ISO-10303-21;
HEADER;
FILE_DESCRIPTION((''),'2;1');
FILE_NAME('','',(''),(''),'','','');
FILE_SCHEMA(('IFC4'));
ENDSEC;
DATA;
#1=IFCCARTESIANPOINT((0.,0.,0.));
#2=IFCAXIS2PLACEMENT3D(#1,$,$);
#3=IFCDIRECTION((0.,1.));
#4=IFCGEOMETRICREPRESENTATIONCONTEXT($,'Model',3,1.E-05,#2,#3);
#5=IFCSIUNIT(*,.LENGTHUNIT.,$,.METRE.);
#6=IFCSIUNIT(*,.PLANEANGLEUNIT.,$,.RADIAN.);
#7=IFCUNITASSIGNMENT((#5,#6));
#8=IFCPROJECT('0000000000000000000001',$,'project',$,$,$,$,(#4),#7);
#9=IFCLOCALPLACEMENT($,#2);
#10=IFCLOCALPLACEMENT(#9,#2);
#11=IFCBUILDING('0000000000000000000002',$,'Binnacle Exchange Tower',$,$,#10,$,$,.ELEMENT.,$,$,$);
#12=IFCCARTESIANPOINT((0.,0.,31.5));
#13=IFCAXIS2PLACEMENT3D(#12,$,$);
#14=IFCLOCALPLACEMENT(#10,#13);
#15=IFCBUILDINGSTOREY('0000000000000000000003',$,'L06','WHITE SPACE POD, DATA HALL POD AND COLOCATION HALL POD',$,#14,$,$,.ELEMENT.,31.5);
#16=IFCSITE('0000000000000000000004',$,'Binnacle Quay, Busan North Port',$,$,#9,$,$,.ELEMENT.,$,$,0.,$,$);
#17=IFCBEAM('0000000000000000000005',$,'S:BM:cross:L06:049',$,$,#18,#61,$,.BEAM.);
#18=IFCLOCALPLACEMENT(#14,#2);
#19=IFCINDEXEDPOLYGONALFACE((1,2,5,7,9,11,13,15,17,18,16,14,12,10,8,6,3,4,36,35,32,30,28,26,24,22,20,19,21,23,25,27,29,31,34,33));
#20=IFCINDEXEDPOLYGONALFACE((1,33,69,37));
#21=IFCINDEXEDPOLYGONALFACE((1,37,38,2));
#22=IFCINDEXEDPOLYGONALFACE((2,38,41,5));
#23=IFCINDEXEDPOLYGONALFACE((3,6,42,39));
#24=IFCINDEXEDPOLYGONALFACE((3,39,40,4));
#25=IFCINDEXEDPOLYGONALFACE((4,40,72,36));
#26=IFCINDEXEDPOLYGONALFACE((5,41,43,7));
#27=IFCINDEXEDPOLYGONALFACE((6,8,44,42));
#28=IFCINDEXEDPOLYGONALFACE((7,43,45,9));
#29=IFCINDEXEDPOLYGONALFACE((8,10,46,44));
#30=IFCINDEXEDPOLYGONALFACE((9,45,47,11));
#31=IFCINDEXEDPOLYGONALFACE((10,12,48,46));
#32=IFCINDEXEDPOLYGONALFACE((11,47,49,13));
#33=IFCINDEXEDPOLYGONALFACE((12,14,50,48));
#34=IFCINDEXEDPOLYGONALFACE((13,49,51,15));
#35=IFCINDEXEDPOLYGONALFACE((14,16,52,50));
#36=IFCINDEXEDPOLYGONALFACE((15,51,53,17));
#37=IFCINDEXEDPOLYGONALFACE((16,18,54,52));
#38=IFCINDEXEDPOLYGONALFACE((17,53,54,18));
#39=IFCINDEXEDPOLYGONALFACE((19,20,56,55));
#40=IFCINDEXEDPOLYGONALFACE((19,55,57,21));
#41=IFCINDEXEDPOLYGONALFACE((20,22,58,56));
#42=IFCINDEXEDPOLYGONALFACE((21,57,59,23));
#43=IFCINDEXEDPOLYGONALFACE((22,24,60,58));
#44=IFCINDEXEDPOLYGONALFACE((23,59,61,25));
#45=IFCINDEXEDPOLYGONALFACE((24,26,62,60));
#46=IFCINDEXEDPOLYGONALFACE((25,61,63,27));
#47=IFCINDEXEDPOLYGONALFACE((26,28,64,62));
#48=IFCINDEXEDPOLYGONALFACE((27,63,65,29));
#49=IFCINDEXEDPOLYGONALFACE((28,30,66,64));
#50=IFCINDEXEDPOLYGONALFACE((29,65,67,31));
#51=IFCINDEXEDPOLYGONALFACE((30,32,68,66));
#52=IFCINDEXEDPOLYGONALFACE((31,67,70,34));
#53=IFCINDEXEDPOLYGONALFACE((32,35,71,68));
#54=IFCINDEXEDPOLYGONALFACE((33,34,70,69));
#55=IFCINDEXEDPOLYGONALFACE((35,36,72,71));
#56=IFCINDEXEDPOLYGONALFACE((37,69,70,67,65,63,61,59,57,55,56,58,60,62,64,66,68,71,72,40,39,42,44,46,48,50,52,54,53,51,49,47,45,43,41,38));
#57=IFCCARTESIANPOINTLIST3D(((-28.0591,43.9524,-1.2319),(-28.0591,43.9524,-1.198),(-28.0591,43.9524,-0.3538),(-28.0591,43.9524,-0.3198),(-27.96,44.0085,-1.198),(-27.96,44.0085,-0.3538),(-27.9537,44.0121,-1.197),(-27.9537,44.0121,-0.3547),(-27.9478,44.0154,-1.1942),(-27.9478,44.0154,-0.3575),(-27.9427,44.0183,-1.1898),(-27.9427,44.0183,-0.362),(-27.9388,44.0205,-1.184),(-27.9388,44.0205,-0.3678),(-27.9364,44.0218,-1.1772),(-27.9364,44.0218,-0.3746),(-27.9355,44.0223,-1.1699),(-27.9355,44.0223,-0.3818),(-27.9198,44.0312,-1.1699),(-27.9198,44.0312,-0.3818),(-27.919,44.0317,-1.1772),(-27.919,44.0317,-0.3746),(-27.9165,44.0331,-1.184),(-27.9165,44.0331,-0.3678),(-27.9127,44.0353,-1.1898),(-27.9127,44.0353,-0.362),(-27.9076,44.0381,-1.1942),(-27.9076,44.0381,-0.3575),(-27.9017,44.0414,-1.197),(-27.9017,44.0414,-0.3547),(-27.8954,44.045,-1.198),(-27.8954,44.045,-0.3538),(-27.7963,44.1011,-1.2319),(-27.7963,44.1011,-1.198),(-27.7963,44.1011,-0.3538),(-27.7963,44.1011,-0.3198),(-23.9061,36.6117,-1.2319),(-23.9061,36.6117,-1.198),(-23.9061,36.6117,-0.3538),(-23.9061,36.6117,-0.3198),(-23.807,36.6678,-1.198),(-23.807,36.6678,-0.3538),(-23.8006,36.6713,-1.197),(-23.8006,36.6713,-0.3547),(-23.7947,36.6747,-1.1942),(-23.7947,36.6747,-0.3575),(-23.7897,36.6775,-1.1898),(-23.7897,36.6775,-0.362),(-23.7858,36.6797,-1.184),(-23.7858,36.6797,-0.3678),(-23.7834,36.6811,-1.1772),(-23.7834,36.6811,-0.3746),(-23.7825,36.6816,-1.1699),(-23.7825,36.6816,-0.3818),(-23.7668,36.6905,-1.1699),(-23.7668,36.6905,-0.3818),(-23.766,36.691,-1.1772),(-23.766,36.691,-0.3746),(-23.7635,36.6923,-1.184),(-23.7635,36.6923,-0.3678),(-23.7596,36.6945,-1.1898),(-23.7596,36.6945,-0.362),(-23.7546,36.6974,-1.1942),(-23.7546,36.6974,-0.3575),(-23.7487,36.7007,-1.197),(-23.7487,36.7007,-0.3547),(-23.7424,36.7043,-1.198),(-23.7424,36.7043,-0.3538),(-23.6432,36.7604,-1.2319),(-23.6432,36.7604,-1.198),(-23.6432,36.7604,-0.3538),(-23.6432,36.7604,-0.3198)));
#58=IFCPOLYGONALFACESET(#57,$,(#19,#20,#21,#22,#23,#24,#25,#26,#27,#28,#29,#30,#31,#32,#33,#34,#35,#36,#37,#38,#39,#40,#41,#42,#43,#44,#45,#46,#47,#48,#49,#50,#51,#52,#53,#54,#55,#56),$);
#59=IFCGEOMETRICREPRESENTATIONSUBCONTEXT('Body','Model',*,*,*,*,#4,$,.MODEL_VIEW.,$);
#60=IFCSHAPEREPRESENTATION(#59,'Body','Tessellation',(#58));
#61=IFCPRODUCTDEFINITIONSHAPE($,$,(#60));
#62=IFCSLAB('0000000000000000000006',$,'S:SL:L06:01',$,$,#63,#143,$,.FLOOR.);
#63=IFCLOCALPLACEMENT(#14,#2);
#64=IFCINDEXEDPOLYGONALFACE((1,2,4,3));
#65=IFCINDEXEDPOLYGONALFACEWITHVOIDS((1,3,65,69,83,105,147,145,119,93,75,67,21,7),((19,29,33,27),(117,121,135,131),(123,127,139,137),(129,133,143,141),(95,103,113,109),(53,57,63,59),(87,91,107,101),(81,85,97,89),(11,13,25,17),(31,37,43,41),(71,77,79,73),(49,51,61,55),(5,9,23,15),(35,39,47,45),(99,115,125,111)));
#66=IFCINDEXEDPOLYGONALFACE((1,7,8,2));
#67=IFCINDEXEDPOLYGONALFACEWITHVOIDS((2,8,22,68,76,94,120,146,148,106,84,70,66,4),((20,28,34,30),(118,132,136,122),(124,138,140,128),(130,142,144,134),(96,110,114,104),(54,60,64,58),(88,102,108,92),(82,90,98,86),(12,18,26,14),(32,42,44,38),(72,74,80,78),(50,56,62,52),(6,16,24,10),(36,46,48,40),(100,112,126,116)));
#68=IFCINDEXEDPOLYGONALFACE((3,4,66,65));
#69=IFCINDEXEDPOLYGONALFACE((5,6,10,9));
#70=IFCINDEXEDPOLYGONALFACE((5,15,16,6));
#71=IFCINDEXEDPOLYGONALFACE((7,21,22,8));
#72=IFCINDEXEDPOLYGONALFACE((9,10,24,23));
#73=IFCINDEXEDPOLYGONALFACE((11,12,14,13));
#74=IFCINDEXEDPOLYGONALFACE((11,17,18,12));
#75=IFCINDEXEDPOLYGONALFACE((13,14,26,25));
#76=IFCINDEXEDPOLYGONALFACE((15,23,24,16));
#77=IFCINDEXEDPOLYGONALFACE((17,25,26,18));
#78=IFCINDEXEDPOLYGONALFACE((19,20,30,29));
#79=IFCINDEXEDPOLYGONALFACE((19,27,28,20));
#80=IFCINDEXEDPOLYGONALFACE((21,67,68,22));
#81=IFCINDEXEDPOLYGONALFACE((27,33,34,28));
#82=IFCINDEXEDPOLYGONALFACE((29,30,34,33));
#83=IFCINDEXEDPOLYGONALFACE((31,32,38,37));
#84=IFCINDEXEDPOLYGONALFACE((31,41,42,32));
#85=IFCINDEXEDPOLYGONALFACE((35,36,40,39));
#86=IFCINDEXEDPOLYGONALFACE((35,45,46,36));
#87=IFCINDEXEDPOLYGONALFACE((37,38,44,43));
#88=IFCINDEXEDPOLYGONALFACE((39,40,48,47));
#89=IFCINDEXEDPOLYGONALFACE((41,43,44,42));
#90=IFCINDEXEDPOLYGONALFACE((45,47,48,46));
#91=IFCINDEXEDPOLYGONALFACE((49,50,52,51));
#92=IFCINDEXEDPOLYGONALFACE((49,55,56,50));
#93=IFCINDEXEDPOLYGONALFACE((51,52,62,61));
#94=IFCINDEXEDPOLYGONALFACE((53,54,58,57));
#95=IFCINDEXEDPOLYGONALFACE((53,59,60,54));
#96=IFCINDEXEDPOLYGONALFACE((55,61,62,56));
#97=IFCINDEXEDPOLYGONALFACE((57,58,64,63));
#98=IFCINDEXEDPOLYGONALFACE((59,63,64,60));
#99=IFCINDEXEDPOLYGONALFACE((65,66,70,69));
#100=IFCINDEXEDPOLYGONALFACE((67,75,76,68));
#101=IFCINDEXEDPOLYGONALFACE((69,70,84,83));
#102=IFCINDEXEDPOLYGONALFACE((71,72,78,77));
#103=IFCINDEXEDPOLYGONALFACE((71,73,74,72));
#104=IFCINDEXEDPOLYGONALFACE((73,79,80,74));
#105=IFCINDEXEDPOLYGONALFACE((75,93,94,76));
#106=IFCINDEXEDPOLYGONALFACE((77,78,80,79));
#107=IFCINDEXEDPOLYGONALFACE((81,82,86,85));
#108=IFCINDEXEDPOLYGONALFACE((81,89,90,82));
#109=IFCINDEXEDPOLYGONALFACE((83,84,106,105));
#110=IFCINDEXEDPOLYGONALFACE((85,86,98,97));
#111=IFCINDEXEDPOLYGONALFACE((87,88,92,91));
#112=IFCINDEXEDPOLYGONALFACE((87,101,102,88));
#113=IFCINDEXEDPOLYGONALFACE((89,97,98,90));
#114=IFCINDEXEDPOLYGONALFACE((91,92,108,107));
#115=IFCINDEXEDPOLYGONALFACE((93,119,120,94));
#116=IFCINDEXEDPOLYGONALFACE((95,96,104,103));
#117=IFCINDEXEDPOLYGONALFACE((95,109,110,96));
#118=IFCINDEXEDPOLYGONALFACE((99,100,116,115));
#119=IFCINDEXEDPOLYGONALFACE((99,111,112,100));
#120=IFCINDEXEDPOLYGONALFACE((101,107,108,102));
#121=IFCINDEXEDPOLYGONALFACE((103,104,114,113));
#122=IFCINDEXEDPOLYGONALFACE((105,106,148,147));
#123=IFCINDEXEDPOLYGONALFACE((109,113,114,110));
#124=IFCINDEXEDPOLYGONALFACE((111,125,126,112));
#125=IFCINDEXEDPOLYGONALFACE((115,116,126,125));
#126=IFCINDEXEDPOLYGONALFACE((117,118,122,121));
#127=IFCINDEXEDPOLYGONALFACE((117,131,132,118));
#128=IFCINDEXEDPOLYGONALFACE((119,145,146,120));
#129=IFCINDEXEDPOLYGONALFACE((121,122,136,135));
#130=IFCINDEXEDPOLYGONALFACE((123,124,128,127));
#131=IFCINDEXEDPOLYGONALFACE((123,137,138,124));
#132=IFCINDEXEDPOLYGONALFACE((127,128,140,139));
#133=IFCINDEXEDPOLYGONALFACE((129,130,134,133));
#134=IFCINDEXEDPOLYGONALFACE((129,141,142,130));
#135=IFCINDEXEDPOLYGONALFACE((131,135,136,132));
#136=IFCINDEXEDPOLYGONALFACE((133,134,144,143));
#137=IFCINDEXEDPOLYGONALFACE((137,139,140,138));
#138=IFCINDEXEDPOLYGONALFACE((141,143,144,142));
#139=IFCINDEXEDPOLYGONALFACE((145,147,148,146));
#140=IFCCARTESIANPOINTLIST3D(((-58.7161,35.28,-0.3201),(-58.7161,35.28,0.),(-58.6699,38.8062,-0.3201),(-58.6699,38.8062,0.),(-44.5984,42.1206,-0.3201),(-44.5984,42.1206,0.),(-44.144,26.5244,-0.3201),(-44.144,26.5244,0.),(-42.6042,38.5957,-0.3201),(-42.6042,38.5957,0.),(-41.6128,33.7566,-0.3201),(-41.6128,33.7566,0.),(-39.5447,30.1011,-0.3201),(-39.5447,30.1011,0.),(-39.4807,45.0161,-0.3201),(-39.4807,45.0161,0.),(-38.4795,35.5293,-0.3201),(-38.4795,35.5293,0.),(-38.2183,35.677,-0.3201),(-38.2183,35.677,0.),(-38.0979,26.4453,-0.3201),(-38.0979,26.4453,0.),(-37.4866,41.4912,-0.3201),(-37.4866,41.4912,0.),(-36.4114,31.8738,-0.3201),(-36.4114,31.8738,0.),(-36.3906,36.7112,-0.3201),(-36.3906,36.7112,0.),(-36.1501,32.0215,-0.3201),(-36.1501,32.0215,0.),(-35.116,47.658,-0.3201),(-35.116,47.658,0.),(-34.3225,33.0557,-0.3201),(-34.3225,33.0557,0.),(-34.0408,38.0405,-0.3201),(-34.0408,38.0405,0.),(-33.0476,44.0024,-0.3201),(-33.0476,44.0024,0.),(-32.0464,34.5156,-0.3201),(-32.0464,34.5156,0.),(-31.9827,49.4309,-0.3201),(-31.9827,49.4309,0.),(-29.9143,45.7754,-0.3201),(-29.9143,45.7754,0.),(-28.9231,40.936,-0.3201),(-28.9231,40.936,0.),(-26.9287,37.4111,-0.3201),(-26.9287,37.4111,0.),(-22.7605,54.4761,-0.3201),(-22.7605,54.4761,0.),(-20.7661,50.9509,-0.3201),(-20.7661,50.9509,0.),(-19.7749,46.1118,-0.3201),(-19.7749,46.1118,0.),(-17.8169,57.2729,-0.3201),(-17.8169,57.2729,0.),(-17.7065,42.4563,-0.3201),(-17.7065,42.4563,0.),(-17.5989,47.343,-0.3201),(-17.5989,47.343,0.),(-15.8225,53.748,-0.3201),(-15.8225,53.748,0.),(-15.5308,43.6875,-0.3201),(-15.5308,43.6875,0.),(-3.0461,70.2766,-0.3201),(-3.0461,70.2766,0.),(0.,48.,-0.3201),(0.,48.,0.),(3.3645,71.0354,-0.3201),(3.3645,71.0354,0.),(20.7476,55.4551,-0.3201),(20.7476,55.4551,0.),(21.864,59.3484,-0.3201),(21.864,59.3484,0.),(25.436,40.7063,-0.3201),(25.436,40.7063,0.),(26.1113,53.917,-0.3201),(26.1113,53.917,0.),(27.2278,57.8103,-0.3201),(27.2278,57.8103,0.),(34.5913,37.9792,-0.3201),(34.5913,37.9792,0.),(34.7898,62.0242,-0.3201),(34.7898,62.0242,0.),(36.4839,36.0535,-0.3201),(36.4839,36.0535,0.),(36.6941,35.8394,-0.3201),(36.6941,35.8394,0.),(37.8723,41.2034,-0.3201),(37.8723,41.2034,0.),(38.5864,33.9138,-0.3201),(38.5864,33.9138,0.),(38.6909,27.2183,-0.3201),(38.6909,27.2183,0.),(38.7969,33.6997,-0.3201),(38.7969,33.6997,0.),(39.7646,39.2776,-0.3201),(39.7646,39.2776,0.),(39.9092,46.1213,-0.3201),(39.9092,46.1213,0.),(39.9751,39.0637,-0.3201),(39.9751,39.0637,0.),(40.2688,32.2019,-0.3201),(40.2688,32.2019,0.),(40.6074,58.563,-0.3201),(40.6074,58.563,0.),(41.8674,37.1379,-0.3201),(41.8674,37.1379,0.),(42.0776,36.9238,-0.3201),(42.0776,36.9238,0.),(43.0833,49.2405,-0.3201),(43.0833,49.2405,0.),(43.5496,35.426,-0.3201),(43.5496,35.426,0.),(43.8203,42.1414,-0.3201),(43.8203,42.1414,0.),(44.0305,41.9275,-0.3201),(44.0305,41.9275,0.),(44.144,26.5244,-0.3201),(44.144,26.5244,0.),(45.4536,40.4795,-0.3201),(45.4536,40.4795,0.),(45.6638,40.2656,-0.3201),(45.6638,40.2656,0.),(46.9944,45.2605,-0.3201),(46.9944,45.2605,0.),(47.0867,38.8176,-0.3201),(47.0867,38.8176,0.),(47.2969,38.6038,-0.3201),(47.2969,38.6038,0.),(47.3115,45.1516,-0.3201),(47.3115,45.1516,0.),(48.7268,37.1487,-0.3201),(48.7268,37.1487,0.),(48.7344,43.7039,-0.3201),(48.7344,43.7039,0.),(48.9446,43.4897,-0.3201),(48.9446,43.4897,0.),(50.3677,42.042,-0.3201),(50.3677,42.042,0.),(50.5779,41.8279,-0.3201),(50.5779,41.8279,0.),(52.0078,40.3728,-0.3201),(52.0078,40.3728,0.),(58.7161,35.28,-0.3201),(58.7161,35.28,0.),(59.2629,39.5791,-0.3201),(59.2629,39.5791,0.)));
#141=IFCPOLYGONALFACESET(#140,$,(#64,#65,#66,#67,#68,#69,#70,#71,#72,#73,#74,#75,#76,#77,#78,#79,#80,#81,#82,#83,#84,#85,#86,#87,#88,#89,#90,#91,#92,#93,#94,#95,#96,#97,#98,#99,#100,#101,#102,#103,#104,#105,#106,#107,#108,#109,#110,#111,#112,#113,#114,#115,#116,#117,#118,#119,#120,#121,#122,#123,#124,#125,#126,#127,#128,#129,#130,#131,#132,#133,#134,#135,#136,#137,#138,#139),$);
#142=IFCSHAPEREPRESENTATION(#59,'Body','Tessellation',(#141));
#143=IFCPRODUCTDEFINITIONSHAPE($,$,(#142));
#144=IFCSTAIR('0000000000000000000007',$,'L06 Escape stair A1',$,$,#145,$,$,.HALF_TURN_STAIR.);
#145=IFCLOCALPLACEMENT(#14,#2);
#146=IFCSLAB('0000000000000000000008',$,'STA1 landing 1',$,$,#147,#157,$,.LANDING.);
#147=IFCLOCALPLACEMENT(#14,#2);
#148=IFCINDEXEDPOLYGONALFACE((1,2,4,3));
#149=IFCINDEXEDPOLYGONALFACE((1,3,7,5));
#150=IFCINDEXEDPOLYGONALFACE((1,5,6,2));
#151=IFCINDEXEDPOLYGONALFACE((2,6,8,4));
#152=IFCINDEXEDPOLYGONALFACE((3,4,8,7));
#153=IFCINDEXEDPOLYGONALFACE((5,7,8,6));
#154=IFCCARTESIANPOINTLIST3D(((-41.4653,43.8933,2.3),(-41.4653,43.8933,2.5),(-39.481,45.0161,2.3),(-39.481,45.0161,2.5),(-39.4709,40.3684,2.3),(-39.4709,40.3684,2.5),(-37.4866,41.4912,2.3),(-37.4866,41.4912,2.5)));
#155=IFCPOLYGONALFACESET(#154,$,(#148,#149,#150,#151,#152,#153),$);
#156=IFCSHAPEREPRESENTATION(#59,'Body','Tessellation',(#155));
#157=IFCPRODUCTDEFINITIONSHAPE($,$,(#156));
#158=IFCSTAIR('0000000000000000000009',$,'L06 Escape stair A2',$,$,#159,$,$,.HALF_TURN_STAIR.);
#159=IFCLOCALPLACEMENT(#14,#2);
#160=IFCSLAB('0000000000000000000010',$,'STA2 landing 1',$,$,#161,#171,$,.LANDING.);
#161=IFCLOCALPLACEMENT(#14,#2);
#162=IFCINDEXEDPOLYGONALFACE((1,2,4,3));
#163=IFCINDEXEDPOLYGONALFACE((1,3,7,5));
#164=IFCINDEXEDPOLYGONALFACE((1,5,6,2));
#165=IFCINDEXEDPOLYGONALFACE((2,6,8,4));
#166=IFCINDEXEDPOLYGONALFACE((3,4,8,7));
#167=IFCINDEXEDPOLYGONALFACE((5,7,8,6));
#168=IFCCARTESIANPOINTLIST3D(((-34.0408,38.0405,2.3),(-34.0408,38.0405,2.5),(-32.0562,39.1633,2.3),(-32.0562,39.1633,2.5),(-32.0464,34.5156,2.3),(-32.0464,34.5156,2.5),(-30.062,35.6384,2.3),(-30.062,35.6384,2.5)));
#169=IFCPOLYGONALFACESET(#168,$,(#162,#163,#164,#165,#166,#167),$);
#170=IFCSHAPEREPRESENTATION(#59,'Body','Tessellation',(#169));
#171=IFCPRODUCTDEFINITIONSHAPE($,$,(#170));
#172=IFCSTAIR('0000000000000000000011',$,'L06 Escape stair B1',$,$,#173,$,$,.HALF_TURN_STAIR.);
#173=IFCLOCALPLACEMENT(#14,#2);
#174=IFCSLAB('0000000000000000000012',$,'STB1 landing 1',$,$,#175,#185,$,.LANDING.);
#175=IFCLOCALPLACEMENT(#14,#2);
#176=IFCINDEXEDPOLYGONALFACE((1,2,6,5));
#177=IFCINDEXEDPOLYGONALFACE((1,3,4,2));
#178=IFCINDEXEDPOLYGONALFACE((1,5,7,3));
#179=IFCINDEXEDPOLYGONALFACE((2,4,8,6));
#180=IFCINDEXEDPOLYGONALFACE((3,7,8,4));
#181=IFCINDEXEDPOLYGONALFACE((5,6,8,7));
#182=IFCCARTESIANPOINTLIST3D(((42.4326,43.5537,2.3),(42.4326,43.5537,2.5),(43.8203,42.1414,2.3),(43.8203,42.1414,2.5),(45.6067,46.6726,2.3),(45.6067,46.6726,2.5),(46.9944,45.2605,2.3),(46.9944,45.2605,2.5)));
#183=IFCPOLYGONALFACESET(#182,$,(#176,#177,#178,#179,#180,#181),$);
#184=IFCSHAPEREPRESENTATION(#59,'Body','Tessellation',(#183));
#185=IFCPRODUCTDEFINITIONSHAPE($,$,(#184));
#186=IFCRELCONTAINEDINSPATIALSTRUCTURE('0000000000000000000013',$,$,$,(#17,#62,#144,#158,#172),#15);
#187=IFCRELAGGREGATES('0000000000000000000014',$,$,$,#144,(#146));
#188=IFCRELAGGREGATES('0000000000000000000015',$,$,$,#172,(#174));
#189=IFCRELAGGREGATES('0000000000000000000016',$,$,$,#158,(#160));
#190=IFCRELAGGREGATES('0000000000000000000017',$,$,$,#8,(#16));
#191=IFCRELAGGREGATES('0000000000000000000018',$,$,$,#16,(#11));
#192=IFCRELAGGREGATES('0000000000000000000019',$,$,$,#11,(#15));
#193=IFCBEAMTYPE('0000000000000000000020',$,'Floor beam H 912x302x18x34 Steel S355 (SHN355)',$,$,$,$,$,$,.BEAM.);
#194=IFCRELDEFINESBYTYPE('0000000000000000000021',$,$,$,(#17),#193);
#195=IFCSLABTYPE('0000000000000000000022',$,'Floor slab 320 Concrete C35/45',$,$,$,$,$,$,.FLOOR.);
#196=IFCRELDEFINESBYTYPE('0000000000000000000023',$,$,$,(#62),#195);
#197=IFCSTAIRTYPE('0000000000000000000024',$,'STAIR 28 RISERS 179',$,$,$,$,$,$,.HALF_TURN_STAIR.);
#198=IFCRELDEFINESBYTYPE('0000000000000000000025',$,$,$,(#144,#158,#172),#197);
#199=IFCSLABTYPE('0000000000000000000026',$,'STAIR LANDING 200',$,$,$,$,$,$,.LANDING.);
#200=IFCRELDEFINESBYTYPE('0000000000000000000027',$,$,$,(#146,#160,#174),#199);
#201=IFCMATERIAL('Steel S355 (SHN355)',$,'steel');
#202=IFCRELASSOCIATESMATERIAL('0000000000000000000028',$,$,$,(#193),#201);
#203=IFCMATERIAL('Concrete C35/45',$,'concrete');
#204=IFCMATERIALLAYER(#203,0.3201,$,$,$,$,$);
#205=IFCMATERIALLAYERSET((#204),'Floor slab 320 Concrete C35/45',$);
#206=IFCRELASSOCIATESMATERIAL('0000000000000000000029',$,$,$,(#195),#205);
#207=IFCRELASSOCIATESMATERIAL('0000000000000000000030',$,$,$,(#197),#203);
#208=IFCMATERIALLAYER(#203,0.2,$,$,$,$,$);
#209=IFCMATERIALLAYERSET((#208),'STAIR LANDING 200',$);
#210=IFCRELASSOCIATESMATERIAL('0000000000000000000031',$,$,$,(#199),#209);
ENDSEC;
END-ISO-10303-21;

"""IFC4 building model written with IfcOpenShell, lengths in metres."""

from ifc_helpers import new_model, si_unit, direction, frame, origin, origin_2d, place, context, subcontext, project, spatial, polyline, i_section, outline, extrude, material, layer, layer_set, material_profile, profile_set, type_object, element, aggregate, save


model = new_model("IFC4")

# Units and contexts
model_context = context("Model", 3, precision=1e-05, world=origin(), true_north=direction((0.0, 1.0)))
body_context = subcontext(model_context, "Body", "Model", "MODEL_VIEW")
ifc_project = project(units=[si_unit("LENGTHUNIT", "METRE"), si_unit("PLANEANGLEUNIT", "RADIAN")], contexts=[model_context])

# Site, building, storey
site_placement = place(None, origin())
site = spatial("IfcSite", under=ifc_project, at=site_placement, Name="Binnacle Quay, Busan North Port", CompositionType="ELEMENT", RefElevation=0.0)
building_placement = place(site_placement, origin())
building = spatial("IfcBuilding", under=site, at=building_placement, Name="Binnacle Exchange Tower", CompositionType="ELEMENT")
storey_placement = place(building_placement, frame((0.0, 0.0, 31.5)))
storey = spatial("IfcBuildingStorey", under=building, at=storey_placement, Name="L06", Description="WHITE SPACE POD, DATA HALL POD AND COLOCATION HALL POD", CompositionType="ELEMENT", Elevation=31.5)

# Beam
ifc_material_1 = material(Name="Steel S355 (SHN355)", Category="steel")
ifc_material_profile_1 = material_profile(ifc_material_1, i_section(OverallWidth=0.302, OverallDepth=0.9121, WebThickness=0.0181, FlangeThickness=0.0339, FilletRadius=0.0281, at=origin_2d()), Name="H 912x302x18x34")
ifc_profile_set_1 = profile_set([ifc_material_profile_1], Name="Steel S355 (SHN355)")
beam_type_1 = type_object("IfcBeamType", Name="Floor beam H 912x302x18x34 Steel S355 (SHN355)", PredefinedType="BEAM", material=ifc_profile_set_1)
beam_1_placement = place(storey_placement, frame((-23.7747, 36.686, -0.7759), z_axis=(-0.492409, 0.870364, 0.0), x_axis=(-0.870364, -0.492409, 0.0)))
element("IfcBeam", 1, at=beam_1_placement, inside=storey, type_object=beam_type_1, Name="S:BM:cross:L06:049", PredefinedType="BEAM", context=body_context, shape_type="SweptSolid", body=[
    extrude(i_section(OverallWidth=0.302, OverallDepth=0.9121, WebThickness=0.0181, FlangeThickness=0.0339, FilletRadius=0.0281, at=origin_2d()), origin(), (0.0, 0.0, 1.0), 8.4341),
])

# Slab
ifc_material_2 = material(Name="Concrete C35/45", Category="concrete")
ifc_layer_1 = layer(ifc_material_2, 0.3201)
ifc_layer_set_1 = layer_set([ifc_layer_1], Name="Floor slab 320 Concrete C35/45")
slab_type_1 = type_object("IfcSlabType", Name="Floor slab 320 Concrete C35/45", PredefinedType="FLOOR", material=ifc_layer_set_1)
slab_1_placement = place(storey_placement, frame((0.0, 0.0, -0.3201)))
element("IfcSlab", 2, at=slab_1_placement, inside=storey, type_object=slab_type_1, Name="S:SL:L06:01", PredefinedType="FLOOR", context=body_context, shape_type="SweptSolid", body=[
    extrude(outline(polyline([(59.2629, 39.5791), (58.7161, 35.28), (44.144, 26.5244), (38.6909, 27.2183), (25.436, 40.7063), (0.0, 48.0), (-38.0979, 26.4453), (-44.144, 26.5244), (-58.7161, 35.28), (-58.6699, 38.8062), (-3.0461, 70.2766), (3.3645, 71.0354), (34.7898, 62.0242), (40.6074, 58.563), (59.2629, 39.5791)]), holes=[polyline([(-38.4795, 35.5293), (-41.6128, 33.7566), (-39.5447, 30.1011), (-36.4114, 31.8738), (-38.4795, 35.5293)]), polyline([(-34.3225, 33.0557), (-36.3906, 36.7112), (-38.2183, 35.677), (-36.1501, 32.0215), (-34.3225, 33.0557)]), polyline([(-34.0408, 38.0405), (-32.0464, 34.5156), (-26.9287, 37.4111), (-28.9231, 40.936), (-34.0408, 38.0405)]), polyline([(-37.4866, 41.4912), (-39.4807, 45.0161), (-44.5984, 42.1206), (-42.6042, 38.5957), (-37.4866, 41.4912)]), polyline([(-15.5308, 43.6875), (-17.5989, 47.343), (-19.7749, 46.1118), (-17.7065, 42.4563), (-15.5308, 43.6875)]), polyline([(-29.9143, 45.7754), (-31.9827, 49.4309), (-35.116, 47.658), (-33.0476, 44.0024), (-29.9143, 45.7754)]), polyline([(-15.8225, 53.748), (-17.8169, 57.2729), (-22.7605, 54.4761), (-20.7661, 50.9509), (-15.8225, 53.748)]), polyline([(26.1113, 53.917), (27.2278, 57.8103), (21.864, 59.3484), (20.7476, 55.4551), (26.1113, 53.917)]), polyline([(40.2688, 32.2019), (43.5496, 35.426), (42.0776, 36.9238), (38.7969, 33.6997), (40.2688, 32.2019)]), polyline([(38.5864, 33.9138), (41.8674, 37.1379), (39.9751, 39.0637), (36.6941, 35.8394), (38.5864, 33.9138)]), polyline([(36.4839, 36.0535), (39.7646, 39.2776), (37.8723, 41.2034), (34.5913, 37.9792), (36.4839, 36.0535)]), polyline([(48.7268, 37.1487), (52.0078, 40.3728), (50.5779, 41.8279), (47.2969, 38.6038), (48.7268, 37.1487)]), polyline([(47.0867, 38.8176), (50.3677, 42.042), (48.9446, 43.4897), (45.6638, 40.2656), (47.0867, 38.8176)]), polyline([(45.4536, 40.4795), (48.7344, 43.7039), (47.3115, 45.1516), (44.0305, 41.9275), (45.4536, 40.4795)]), polyline([(43.8203, 42.1414), (46.9944, 45.2605), (43.0833, 49.2405), (39.9092, 46.1213), (43.8203, 42.1414)])]), origin(), (0.0, 0.0, 1.0), 0.3201),
])

# Stairs, slabs
stair_type = type_object("IfcStairType", Name="STAIR 28 RISERS 179", PredefinedType="HALF_TURN_STAIR", material=ifc_material_2)
stair_1_placement = place(storey_placement, origin())
stair_1 = element("IfcStair", 3, at=stair_1_placement, inside=storey, type_object=stair_type, Name="L06 Escape stair A1", PredefinedType="HALF_TURN_STAIR")
ifc_layer_2 = layer(ifc_material_2, 0.2)
ifc_layer_set_2 = layer_set([ifc_layer_2], Name="STAIR LANDING 200")
slab_type_2 = type_object("IfcSlabType", Name="STAIR LANDING 200", PredefinedType="LANDING", material=ifc_layer_set_2)
slab_2_placement = place(storey_placement, frame((0.0, 0.0, 2.3)))
slab_2 = element("IfcSlab", 4, at=slab_2_placement, type_object=slab_type_2, Name="STA1 landing 1", PredefinedType="LANDING", context=body_context, shape_type="SweptSolid", body=[
    extrude(outline(polyline([(-39.4709, 40.3684), (-37.4866, 41.4912), (-39.481, 45.0161), (-41.4653, 43.8933), (-39.4709, 40.3684)])), origin(), (0.0, 0.0, 1.0), 0.2),
])
aggregate(stair_1, [slab_2])
stair_2_placement = place(storey_placement, origin())
stair_2 = element("IfcStair", 5, at=stair_2_placement, inside=storey, type_object=stair_type, Name="L06 Escape stair A2", PredefinedType="HALF_TURN_STAIR")
slab_3_placement = place(storey_placement, frame((0.0, 0.0, 2.3)))
slab_3 = element("IfcSlab", 6, at=slab_3_placement, type_object=slab_type_2, Name="STA2 landing 1", PredefinedType="LANDING", context=body_context, shape_type="SweptSolid", body=[
    extrude(outline(polyline([(-32.0562, 39.1633), (-34.0408, 38.0405), (-32.0464, 34.5156), (-30.062, 35.6384), (-32.0562, 39.1633)])), origin(), (0.0, 0.0, 1.0), 0.2),
])
stair_3_placement = place(storey_placement, origin())
stair_3 = element("IfcStair", 7, at=stair_3_placement, inside=storey, type_object=stair_type, Name="L06 Escape stair B1", PredefinedType="HALF_TURN_STAIR")
slab_4_placement = place(storey_placement, frame((0.0, 0.0, 2.3)))
slab_4 = element("IfcSlab", 8, at=slab_4_placement, type_object=slab_type_2, Name="STB1 landing 1", PredefinedType="LANDING", context=body_context, shape_type="SweptSolid", body=[
    extrude(outline(polyline([(42.4326, 43.5537), (43.8203, 42.1414), (46.9944, 45.2605), (45.6067, 46.6726), (42.4326, 43.5537)])), origin(), (0.0, 0.0, 1.0), 0.2),
])
aggregate(stair_3, [slab_4])

aggregate(stair_2, [slab_3])

save(model, "model.ifc")
